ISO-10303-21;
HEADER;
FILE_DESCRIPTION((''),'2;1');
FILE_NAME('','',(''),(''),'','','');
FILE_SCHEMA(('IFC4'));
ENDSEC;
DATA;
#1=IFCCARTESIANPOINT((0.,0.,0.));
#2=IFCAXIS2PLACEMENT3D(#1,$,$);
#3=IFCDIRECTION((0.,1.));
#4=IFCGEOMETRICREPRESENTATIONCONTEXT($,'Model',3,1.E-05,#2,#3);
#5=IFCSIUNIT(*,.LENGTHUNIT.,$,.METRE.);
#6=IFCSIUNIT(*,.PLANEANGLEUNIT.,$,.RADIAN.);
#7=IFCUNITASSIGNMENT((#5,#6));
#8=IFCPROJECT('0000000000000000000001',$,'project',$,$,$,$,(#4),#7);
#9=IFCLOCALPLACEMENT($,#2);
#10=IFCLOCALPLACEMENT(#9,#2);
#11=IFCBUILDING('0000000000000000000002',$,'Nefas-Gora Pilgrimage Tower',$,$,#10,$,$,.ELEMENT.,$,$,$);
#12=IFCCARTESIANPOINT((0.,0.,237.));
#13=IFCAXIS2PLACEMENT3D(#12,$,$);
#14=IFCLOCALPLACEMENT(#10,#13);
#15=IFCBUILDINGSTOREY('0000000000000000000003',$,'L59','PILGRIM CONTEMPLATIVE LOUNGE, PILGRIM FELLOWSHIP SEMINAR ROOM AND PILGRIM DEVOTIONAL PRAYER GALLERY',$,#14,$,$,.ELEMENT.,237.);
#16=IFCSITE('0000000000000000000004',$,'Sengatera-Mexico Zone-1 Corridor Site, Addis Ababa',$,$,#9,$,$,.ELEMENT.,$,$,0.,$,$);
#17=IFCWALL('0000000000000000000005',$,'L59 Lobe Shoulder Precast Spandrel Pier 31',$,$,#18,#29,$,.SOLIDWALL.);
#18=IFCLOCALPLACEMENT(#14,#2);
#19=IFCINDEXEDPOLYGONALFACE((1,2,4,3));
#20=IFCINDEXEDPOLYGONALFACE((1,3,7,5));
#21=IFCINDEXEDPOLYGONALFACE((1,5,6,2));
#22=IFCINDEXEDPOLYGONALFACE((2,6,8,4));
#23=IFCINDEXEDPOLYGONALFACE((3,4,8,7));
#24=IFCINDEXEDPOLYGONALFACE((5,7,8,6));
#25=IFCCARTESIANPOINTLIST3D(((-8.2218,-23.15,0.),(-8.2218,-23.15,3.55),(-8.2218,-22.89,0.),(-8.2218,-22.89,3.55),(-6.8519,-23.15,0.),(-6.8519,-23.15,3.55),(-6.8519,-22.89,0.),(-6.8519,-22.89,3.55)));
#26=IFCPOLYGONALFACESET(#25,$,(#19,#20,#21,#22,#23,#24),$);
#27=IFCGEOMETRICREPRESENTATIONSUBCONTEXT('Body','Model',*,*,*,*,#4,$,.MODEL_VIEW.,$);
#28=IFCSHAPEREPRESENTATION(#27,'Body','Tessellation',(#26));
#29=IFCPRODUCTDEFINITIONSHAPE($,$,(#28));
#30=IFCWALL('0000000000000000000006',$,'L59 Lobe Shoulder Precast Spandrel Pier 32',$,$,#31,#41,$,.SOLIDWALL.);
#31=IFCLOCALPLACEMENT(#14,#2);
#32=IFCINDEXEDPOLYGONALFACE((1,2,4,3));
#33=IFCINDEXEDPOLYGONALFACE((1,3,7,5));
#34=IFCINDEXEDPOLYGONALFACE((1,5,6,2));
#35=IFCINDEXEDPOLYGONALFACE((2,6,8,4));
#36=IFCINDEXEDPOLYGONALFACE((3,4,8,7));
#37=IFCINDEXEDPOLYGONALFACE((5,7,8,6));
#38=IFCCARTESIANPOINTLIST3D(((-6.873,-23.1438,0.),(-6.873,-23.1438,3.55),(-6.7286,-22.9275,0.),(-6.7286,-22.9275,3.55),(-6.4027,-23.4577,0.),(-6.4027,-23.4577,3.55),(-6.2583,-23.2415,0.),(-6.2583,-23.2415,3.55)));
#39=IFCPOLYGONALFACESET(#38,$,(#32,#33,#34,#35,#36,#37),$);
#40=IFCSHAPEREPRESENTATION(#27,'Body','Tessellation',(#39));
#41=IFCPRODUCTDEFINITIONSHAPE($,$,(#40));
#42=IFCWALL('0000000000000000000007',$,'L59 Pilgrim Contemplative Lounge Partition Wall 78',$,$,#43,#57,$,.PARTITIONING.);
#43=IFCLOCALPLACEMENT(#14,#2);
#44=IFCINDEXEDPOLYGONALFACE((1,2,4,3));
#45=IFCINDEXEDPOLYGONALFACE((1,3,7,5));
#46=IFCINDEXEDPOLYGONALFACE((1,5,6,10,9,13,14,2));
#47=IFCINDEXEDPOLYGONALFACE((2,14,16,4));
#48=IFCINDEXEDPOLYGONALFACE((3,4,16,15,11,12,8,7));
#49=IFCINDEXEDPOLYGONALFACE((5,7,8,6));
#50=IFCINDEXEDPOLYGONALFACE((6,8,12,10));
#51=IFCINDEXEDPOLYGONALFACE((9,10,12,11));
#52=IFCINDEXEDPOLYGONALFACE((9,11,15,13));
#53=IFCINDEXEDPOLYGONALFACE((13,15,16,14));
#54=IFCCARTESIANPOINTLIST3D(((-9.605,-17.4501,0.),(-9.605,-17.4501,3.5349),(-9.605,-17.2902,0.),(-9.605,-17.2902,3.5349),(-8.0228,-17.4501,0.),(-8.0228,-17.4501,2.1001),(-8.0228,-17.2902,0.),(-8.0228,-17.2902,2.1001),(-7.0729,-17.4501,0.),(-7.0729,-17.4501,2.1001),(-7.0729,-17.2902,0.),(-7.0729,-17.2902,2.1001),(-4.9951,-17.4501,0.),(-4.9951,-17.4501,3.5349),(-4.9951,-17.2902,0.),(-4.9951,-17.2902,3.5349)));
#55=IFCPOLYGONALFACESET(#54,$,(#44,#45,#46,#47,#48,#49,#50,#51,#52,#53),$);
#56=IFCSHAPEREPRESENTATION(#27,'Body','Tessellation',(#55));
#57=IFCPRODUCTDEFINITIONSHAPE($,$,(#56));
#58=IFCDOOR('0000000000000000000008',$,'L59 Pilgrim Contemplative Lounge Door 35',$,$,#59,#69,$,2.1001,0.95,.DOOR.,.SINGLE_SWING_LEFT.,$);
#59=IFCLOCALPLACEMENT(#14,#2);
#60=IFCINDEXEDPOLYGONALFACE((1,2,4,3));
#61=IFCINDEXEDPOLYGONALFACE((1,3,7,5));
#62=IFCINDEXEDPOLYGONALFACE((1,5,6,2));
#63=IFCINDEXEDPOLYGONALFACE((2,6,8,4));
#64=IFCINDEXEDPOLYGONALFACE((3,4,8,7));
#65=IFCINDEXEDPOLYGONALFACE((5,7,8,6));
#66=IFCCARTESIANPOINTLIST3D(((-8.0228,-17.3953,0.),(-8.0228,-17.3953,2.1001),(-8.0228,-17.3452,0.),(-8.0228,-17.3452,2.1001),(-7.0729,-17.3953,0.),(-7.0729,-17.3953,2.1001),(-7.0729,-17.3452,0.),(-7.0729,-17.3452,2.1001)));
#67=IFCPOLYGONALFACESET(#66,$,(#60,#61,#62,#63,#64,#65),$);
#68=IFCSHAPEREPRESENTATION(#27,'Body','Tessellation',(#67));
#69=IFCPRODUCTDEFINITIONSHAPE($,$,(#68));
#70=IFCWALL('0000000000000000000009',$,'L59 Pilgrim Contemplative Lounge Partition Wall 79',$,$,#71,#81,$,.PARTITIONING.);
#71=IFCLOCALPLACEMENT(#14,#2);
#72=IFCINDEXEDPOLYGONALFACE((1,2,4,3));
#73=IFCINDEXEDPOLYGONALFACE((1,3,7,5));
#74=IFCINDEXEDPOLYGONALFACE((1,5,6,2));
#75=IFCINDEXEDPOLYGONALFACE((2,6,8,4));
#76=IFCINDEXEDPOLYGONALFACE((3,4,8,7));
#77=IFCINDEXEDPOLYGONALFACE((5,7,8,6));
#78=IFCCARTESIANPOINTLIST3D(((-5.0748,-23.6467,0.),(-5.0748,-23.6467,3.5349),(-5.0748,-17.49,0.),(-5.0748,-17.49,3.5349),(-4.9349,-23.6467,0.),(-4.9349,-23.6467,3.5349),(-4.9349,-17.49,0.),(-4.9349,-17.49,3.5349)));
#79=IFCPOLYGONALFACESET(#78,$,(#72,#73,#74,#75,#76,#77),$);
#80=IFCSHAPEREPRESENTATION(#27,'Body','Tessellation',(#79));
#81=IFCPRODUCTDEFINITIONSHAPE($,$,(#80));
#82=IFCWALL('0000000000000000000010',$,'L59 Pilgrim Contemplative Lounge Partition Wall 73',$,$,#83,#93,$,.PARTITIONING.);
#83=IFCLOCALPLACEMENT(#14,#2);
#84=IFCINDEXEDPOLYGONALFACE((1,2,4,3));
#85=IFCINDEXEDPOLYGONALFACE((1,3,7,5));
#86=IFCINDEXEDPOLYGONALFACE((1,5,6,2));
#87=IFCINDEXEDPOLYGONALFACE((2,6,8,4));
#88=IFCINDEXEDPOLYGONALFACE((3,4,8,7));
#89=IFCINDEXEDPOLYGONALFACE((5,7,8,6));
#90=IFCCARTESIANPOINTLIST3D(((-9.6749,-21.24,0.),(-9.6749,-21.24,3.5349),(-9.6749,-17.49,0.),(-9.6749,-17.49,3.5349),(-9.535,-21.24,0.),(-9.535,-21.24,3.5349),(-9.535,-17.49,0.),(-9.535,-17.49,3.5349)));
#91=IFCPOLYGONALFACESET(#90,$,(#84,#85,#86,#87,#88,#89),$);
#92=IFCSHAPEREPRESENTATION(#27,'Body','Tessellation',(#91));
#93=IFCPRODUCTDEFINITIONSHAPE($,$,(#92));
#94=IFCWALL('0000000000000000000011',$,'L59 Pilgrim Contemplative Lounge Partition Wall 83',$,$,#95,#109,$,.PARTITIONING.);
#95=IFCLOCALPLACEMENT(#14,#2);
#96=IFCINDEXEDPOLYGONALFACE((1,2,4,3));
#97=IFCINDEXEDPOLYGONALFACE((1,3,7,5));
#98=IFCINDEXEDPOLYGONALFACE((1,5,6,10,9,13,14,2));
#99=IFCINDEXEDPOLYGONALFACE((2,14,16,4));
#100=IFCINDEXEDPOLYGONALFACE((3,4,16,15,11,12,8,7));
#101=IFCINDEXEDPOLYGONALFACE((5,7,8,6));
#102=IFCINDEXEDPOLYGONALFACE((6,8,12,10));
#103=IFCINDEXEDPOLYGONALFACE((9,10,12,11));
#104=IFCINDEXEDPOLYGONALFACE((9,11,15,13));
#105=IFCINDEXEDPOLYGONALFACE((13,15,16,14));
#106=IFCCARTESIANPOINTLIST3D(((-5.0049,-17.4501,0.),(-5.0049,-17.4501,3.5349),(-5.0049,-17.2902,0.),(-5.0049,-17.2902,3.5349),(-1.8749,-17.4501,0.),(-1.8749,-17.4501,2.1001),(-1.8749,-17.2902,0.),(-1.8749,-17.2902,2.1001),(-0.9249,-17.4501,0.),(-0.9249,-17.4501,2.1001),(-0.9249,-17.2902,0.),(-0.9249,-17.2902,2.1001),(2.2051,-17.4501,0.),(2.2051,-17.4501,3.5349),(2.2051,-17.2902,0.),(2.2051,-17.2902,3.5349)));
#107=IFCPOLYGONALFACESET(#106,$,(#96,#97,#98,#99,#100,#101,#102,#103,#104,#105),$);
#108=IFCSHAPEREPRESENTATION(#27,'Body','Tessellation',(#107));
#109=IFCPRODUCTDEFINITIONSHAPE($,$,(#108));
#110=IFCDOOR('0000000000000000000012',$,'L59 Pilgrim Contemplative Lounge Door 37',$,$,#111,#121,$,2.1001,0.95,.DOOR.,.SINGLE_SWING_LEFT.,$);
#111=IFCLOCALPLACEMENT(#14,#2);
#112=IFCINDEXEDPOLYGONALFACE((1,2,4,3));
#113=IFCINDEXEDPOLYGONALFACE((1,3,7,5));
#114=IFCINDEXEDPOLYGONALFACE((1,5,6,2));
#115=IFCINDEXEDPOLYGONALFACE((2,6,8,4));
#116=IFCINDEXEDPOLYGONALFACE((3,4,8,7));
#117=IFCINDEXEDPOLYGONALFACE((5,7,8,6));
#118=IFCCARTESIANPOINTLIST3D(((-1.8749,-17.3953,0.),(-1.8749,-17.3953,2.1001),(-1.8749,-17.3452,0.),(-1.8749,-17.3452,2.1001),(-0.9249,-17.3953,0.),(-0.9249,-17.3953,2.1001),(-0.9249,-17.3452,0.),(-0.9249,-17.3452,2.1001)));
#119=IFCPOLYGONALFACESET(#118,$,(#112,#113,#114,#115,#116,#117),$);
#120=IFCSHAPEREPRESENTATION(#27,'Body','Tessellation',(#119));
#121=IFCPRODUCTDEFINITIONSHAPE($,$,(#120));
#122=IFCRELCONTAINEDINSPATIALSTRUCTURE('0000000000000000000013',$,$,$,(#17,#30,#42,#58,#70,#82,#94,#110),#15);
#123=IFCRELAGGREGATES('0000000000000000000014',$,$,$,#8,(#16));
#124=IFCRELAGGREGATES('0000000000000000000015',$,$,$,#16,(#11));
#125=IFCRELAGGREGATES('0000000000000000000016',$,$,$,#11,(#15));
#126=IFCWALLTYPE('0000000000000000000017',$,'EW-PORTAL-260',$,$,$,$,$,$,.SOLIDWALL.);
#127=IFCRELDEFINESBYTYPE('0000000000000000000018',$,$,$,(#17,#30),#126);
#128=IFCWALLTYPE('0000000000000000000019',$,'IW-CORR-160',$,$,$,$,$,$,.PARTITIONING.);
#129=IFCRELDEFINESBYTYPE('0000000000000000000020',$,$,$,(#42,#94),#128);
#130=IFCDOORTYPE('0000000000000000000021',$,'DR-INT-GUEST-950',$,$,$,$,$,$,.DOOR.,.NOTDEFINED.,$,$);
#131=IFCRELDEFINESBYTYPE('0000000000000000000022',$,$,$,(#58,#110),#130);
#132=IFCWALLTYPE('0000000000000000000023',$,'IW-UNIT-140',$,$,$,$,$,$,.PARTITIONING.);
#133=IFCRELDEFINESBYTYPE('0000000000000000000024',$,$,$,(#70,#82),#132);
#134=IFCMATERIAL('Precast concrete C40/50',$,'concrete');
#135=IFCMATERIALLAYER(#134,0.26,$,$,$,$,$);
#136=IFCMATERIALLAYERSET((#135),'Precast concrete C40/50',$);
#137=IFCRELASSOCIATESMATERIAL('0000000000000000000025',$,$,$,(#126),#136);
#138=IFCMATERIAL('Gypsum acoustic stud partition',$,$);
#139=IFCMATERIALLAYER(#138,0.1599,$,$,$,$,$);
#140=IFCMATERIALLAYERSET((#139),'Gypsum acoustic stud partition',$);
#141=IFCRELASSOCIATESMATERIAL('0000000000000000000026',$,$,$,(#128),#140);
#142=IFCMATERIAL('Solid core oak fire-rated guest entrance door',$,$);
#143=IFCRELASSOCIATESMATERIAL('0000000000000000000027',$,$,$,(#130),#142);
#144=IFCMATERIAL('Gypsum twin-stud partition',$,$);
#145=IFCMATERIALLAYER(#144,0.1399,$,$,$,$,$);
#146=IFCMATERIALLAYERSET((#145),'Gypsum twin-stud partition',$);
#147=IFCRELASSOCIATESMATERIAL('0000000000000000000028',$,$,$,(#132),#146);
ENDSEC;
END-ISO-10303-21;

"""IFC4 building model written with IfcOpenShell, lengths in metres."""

from ifc_helpers import new_model, si_unit, direction, frame, frame_2d, origin, place, context, subcontext, project, spatial, rectangle, extrude, source, transform, mapped, material, layer, layer_set, type_object, element, fill, save


model = new_model("IFC4")

# Units and contexts
model_context = context("Model", 3, precision=1e-05, world=origin(), true_north=direction((0.0, 1.0)))
body_context = subcontext(model_context, "Body", "Model", "MODEL_VIEW")
ifc_project = project(units=[si_unit("LENGTHUNIT", "METRE"), si_unit("PLANEANGLEUNIT", "RADIAN")], contexts=[model_context])

# Site, building, storey
site_placement = place(None, origin())
site = spatial("IfcSite", under=ifc_project, at=site_placement, Name="Sengatera-Mexico Zone-1 Corridor Site, Addis Ababa", CompositionType="ELEMENT", RefElevation=0.0)
building_placement = place(site_placement, origin())
building = spatial("IfcBuilding", under=site, at=building_placement, Name="Nefas-Gora Pilgrimage Tower", CompositionType="ELEMENT")
storey_placement = place(building_placement, frame((0.0, 0.0, 237.0)))
storey = spatial("IfcBuildingStorey", under=building, at=storey_placement, Name="L59", Description="PILGRIM CONTEMPLATIVE LOUNGE, PILGRIM FELLOWSHIP SEMINAR ROOM AND PILGRIM DEVOTIONAL PRAYER GALLERY", CompositionType="ELEMENT", Elevation=237.0)

# Walls
ifc_material_1 = material(Name="Precast concrete C40/50", Category="concrete")
ifc_layer_1 = layer(ifc_material_1, 0.26)
ifc_layer_set_1 = layer_set([ifc_layer_1], Name="Precast concrete C40/50")
wall_type_1 = type_object("IfcWallType", Name="EW-PORTAL-260", PredefinedType="SOLIDWALL", material=ifc_layer_set_1)
shared_shape_1 = source(origin(), body_context, "Body", "SweptSolid", [
    extrude(rectangle(XDim=1.3699, YDim=0.26, at=frame_2d((0.6851, 0.0))), origin(), (0.0, 0.0, 1.0), 3.55),
])
wall_1_placement = place(storey_placement, frame((-8.2219, -23.02, 0.0), z_axis=(0.0, 0.0, 1.0), x_axis=(1.0, 0.0, 0.0)))
element("IfcWall", 1, at=wall_1_placement, inside=storey, type_object=wall_type_1, Name="L59 Lobe Shoulder Precast Spandrel Pier 31", PredefinedType="SOLIDWALL", context=body_context, shape_type="MappedRepresentation", body=[
    mapped(shared_shape_1, transform((0.0, 0.0, 0.0), x_axis=(1.0, 0.0, 0.0), y_axis=(0.0, 1.0, 0.0), z_axis=(0.0, 0.0, 1.0), scale=1.0)),
])
shared_shape_2 = source(origin(), body_context, "Body", "SweptSolid", [
    extrude(rectangle(XDim=0.5654, YDim=0.26, at=frame_2d((0.2827, 0.0))), origin(), (0.0, 0.0, 1.0), 3.55),
])
wall_2_placement = place(storey_placement, frame((-6.8008, -23.0356, 0.0), z_axis=(0.0, 0.0, 1.0), x_axis=(0.831651, -0.555298, 0.0)))
element("IfcWall", 2, at=wall_2_placement, inside=storey, type_object=wall_type_1, Name="L59 Lobe Shoulder Precast Spandrel Pier 32", PredefinedType="SOLIDWALL", context=body_context, shape_type="MappedRepresentation", body=[
    mapped(shared_shape_2, transform((0.0, 0.0, 0.0), x_axis=(1.0, 0.0, 0.0), y_axis=(0.0, 1.0, 0.0), z_axis=(0.0, 0.0, 1.0), scale=1.0)),
])

# Wall, opening, door
ifc_material_2 = material(Name="Gypsum acoustic stud partition")
ifc_layer_2 = layer(ifc_material_2, 0.1599)
ifc_layer_set_2 = layer_set([ifc_layer_2], Name="Gypsum acoustic stud partition")
wall_type_2 = type_object("IfcWallType", Name="IW-CORR-160", PredefinedType="PARTITIONING", material=ifc_layer_set_2)
shared_shape_3 = source(origin(), body_context, "Body", "SweptSolid", [
    extrude(rectangle(XDim=4.6099, YDim=0.1599, at=frame_2d((2.3049, 0.0))), origin(), (0.0, 0.0, 1.0), 3.5349),
])
wall_3_placement = place(storey_placement, frame((-9.605, -17.3701, 0.0), z_axis=(0.0, 0.0, 1.0), x_axis=(1.0, 0.0, 0.0)))
wall_3 = element("IfcWall", 3, at=wall_3_placement, inside=storey, type_object=wall_type_2, Name="L59 Pilgrim Contemplative Lounge Partition Wall 78", PredefinedType="PARTITIONING", context=body_context, shape_type="MappedRepresentation", body=[
    mapped(shared_shape_3, transform((0.0, 0.0, 0.0), x_axis=(1.0, 0.0, 0.0), y_axis=(0.0, 1.0, 0.0), z_axis=(0.0, 0.0, 1.0), scale=1.0)),
])
opening_1_placement = place(wall_3_placement, frame((1.582, 0.0, 0.0)))
opening_1 = element("IfcOpeningElement", 4, at=opening_1_placement, cuts=wall_3, PredefinedType="OPENING", context=body_context, shape_type="SweptSolid", body=[
    extrude(rectangle(XDim=0.95, YDim=2.1001, at=frame_2d((0.4751, 1.05))), frame((0.0, 0.0898, 0.0), z_axis=(0.0, -1.0, 0.0), x_axis=(1.0, 0.0, 0.0)), (0.0, 0.0, 1.0), 0.1799),
])
ifc_material_3 = material(Name="Solid core oak fire-rated guest entrance door")
door_type = type_object("IfcDoorType", Name="DR-INT-GUEST-950", OperationType="NOTDEFINED", PredefinedType="DOOR", material=ifc_material_3)
shared_shape_4 = source(origin(), body_context, "Body", "SweptSolid", [
    extrude(rectangle(XDim=0.95, YDim=2.1001, at=frame_2d((0.4751, 1.05))), frame((0.0, 0.0249, 0.0), z_axis=(0.0, -1.0, 0.0), x_axis=(1.0, 0.0, 0.0)), (0.0, 0.0, 1.0), 0.05),
])
door_1_placement = place(opening_1_placement, origin())
door_1 = element("IfcDoor", 5, at=door_1_placement, inside=storey, type_object=door_type, Name="L59 Pilgrim Contemplative Lounge Door 35", OperationType="SINGLE_SWING_LEFT", OverallHeight=2.1001, OverallWidth=0.95, PredefinedType="DOOR", context=body_context, shape_type="MappedRepresentation", body=[
    mapped(shared_shape_4, transform((0.0, 0.0, 0.0), x_axis=(1.0, 0.0, 0.0), y_axis=(0.0, 1.0, 0.0), z_axis=(0.0, 0.0, 1.0), scale=1.0)),
])
fill(opening_1, door_1)

# Walls
ifc_material_4 = material(Name="Gypsum twin-stud partition")
ifc_layer_3 = layer(ifc_material_4, 0.1399)
ifc_layer_set_3 = layer_set([ifc_layer_3], Name="Gypsum twin-stud partition")
wall_type_3 = type_object("IfcWallType", Name="IW-UNIT-140", PredefinedType="PARTITIONING", material=ifc_layer_set_3)
shared_shape_5 = source(origin(), body_context, "Body", "SweptSolid", [
    extrude(rectangle(XDim=6.1567, YDim=0.1399, at=frame_2d((3.0784, 0.0))), origin(), (0.0, 0.0, 1.0), 3.5349),
])
wall_4_placement = place(storey_placement, frame((-5.0049, -23.6467, 0.0), z_axis=(0.0, 0.0, 1.0), x_axis=(0.0, 1.0, 0.0)))
element("IfcWall", 6, at=wall_4_placement, inside=storey, type_object=wall_type_3, Name="L59 Pilgrim Contemplative Lounge Partition Wall 79", PredefinedType="PARTITIONING", context=body_context, shape_type="MappedRepresentation", body=[
    mapped(shared_shape_5, transform((0.0, 0.0, 0.0), x_axis=(1.0, 0.0, 0.0), y_axis=(0.0, 1.0, 0.0), z_axis=(0.0, 0.0, 1.0), scale=1.0)),
])
shared_shape_6 = source(origin(), body_context, "Body", "SweptSolid", [
    extrude(rectangle(XDim=3.75, YDim=0.1399, at=frame_2d((1.875, 0.0))), origin(), (0.0, 0.0, 1.0), 3.5349),
])
wall_5_placement = place(storey_placement, frame((-9.605, -21.24, 0.0), z_axis=(0.0, 0.0, 1.0), x_axis=(0.0, 1.0, 0.0)))
element("IfcWall", 7, at=wall_5_placement, inside=storey, type_object=wall_type_3, Name="L59 Pilgrim Contemplative Lounge Partition Wall 73", PredefinedType="PARTITIONING", context=body_context, shape_type="MappedRepresentation", body=[
    mapped(shared_shape_6, transform((0.0, 0.0, 0.0), x_axis=(1.0, 0.0, 0.0), y_axis=(0.0, 1.0, 0.0), z_axis=(0.0, 0.0, 1.0), scale=1.0)),
])

# Wall, opening, door
shared_shape_7 = source(origin(), body_context, "Body", "SweptSolid", [
    extrude(rectangle(XDim=7.21, YDim=0.1599, at=frame_2d((3.605, 0.0))), origin(), (0.0, 0.0, 1.0), 3.5349),
])
wall_6_placement = place(storey_placement, frame((-5.0049, -17.3701, 0.0), z_axis=(0.0, 0.0, 1.0), x_axis=(1.0, 0.0, 0.0)))
wall_6 = element("IfcWall", 8, at=wall_6_placement, inside=storey, type_object=wall_type_2, Name="L59 Pilgrim Contemplative Lounge Partition Wall 83", PredefinedType="PARTITIONING", context=body_context, shape_type="MappedRepresentation", body=[
    mapped(shared_shape_7, transform((0.0, 0.0, 0.0), x_axis=(1.0, 0.0, 0.0), y_axis=(0.0, 1.0, 0.0), z_axis=(0.0, 0.0, 1.0), scale=1.0)),
])
opening_2_placement = place(wall_6_placement, frame((3.1299, 0.0, 0.0)))
opening_2 = element("IfcOpeningElement", 9, at=opening_2_placement, cuts=wall_6, PredefinedType="OPENING", context=body_context, shape_type="SweptSolid", body=[
    extrude(rectangle(XDim=0.95, YDim=2.1001, at=frame_2d((0.4751, 1.05))), frame((0.0, 0.0898, 0.0), z_axis=(0.0, -1.0, 0.0), x_axis=(1.0, 0.0, 0.0)), (0.0, 0.0, 1.0), 0.1799),
])
door_2_placement = place(opening_2_placement, origin())
door_2 = element("IfcDoor", 10, at=door_2_placement, inside=storey, type_object=door_type, Name="L59 Pilgrim Contemplative Lounge Door 37", OperationType="SINGLE_SWING_LEFT", OverallHeight=2.1001, OverallWidth=0.95, PredefinedType="DOOR", context=body_context, shape_type="MappedRepresentation", body=[
    mapped(shared_shape_4, transform((0.0, 0.0, 0.0), x_axis=(1.0, 0.0, 0.0), y_axis=(0.0, 1.0, 0.0), z_axis=(0.0, 0.0, 1.0), scale=1.0)),
])
fill(opening_2, door_2)

save(model, "model.ifc")
